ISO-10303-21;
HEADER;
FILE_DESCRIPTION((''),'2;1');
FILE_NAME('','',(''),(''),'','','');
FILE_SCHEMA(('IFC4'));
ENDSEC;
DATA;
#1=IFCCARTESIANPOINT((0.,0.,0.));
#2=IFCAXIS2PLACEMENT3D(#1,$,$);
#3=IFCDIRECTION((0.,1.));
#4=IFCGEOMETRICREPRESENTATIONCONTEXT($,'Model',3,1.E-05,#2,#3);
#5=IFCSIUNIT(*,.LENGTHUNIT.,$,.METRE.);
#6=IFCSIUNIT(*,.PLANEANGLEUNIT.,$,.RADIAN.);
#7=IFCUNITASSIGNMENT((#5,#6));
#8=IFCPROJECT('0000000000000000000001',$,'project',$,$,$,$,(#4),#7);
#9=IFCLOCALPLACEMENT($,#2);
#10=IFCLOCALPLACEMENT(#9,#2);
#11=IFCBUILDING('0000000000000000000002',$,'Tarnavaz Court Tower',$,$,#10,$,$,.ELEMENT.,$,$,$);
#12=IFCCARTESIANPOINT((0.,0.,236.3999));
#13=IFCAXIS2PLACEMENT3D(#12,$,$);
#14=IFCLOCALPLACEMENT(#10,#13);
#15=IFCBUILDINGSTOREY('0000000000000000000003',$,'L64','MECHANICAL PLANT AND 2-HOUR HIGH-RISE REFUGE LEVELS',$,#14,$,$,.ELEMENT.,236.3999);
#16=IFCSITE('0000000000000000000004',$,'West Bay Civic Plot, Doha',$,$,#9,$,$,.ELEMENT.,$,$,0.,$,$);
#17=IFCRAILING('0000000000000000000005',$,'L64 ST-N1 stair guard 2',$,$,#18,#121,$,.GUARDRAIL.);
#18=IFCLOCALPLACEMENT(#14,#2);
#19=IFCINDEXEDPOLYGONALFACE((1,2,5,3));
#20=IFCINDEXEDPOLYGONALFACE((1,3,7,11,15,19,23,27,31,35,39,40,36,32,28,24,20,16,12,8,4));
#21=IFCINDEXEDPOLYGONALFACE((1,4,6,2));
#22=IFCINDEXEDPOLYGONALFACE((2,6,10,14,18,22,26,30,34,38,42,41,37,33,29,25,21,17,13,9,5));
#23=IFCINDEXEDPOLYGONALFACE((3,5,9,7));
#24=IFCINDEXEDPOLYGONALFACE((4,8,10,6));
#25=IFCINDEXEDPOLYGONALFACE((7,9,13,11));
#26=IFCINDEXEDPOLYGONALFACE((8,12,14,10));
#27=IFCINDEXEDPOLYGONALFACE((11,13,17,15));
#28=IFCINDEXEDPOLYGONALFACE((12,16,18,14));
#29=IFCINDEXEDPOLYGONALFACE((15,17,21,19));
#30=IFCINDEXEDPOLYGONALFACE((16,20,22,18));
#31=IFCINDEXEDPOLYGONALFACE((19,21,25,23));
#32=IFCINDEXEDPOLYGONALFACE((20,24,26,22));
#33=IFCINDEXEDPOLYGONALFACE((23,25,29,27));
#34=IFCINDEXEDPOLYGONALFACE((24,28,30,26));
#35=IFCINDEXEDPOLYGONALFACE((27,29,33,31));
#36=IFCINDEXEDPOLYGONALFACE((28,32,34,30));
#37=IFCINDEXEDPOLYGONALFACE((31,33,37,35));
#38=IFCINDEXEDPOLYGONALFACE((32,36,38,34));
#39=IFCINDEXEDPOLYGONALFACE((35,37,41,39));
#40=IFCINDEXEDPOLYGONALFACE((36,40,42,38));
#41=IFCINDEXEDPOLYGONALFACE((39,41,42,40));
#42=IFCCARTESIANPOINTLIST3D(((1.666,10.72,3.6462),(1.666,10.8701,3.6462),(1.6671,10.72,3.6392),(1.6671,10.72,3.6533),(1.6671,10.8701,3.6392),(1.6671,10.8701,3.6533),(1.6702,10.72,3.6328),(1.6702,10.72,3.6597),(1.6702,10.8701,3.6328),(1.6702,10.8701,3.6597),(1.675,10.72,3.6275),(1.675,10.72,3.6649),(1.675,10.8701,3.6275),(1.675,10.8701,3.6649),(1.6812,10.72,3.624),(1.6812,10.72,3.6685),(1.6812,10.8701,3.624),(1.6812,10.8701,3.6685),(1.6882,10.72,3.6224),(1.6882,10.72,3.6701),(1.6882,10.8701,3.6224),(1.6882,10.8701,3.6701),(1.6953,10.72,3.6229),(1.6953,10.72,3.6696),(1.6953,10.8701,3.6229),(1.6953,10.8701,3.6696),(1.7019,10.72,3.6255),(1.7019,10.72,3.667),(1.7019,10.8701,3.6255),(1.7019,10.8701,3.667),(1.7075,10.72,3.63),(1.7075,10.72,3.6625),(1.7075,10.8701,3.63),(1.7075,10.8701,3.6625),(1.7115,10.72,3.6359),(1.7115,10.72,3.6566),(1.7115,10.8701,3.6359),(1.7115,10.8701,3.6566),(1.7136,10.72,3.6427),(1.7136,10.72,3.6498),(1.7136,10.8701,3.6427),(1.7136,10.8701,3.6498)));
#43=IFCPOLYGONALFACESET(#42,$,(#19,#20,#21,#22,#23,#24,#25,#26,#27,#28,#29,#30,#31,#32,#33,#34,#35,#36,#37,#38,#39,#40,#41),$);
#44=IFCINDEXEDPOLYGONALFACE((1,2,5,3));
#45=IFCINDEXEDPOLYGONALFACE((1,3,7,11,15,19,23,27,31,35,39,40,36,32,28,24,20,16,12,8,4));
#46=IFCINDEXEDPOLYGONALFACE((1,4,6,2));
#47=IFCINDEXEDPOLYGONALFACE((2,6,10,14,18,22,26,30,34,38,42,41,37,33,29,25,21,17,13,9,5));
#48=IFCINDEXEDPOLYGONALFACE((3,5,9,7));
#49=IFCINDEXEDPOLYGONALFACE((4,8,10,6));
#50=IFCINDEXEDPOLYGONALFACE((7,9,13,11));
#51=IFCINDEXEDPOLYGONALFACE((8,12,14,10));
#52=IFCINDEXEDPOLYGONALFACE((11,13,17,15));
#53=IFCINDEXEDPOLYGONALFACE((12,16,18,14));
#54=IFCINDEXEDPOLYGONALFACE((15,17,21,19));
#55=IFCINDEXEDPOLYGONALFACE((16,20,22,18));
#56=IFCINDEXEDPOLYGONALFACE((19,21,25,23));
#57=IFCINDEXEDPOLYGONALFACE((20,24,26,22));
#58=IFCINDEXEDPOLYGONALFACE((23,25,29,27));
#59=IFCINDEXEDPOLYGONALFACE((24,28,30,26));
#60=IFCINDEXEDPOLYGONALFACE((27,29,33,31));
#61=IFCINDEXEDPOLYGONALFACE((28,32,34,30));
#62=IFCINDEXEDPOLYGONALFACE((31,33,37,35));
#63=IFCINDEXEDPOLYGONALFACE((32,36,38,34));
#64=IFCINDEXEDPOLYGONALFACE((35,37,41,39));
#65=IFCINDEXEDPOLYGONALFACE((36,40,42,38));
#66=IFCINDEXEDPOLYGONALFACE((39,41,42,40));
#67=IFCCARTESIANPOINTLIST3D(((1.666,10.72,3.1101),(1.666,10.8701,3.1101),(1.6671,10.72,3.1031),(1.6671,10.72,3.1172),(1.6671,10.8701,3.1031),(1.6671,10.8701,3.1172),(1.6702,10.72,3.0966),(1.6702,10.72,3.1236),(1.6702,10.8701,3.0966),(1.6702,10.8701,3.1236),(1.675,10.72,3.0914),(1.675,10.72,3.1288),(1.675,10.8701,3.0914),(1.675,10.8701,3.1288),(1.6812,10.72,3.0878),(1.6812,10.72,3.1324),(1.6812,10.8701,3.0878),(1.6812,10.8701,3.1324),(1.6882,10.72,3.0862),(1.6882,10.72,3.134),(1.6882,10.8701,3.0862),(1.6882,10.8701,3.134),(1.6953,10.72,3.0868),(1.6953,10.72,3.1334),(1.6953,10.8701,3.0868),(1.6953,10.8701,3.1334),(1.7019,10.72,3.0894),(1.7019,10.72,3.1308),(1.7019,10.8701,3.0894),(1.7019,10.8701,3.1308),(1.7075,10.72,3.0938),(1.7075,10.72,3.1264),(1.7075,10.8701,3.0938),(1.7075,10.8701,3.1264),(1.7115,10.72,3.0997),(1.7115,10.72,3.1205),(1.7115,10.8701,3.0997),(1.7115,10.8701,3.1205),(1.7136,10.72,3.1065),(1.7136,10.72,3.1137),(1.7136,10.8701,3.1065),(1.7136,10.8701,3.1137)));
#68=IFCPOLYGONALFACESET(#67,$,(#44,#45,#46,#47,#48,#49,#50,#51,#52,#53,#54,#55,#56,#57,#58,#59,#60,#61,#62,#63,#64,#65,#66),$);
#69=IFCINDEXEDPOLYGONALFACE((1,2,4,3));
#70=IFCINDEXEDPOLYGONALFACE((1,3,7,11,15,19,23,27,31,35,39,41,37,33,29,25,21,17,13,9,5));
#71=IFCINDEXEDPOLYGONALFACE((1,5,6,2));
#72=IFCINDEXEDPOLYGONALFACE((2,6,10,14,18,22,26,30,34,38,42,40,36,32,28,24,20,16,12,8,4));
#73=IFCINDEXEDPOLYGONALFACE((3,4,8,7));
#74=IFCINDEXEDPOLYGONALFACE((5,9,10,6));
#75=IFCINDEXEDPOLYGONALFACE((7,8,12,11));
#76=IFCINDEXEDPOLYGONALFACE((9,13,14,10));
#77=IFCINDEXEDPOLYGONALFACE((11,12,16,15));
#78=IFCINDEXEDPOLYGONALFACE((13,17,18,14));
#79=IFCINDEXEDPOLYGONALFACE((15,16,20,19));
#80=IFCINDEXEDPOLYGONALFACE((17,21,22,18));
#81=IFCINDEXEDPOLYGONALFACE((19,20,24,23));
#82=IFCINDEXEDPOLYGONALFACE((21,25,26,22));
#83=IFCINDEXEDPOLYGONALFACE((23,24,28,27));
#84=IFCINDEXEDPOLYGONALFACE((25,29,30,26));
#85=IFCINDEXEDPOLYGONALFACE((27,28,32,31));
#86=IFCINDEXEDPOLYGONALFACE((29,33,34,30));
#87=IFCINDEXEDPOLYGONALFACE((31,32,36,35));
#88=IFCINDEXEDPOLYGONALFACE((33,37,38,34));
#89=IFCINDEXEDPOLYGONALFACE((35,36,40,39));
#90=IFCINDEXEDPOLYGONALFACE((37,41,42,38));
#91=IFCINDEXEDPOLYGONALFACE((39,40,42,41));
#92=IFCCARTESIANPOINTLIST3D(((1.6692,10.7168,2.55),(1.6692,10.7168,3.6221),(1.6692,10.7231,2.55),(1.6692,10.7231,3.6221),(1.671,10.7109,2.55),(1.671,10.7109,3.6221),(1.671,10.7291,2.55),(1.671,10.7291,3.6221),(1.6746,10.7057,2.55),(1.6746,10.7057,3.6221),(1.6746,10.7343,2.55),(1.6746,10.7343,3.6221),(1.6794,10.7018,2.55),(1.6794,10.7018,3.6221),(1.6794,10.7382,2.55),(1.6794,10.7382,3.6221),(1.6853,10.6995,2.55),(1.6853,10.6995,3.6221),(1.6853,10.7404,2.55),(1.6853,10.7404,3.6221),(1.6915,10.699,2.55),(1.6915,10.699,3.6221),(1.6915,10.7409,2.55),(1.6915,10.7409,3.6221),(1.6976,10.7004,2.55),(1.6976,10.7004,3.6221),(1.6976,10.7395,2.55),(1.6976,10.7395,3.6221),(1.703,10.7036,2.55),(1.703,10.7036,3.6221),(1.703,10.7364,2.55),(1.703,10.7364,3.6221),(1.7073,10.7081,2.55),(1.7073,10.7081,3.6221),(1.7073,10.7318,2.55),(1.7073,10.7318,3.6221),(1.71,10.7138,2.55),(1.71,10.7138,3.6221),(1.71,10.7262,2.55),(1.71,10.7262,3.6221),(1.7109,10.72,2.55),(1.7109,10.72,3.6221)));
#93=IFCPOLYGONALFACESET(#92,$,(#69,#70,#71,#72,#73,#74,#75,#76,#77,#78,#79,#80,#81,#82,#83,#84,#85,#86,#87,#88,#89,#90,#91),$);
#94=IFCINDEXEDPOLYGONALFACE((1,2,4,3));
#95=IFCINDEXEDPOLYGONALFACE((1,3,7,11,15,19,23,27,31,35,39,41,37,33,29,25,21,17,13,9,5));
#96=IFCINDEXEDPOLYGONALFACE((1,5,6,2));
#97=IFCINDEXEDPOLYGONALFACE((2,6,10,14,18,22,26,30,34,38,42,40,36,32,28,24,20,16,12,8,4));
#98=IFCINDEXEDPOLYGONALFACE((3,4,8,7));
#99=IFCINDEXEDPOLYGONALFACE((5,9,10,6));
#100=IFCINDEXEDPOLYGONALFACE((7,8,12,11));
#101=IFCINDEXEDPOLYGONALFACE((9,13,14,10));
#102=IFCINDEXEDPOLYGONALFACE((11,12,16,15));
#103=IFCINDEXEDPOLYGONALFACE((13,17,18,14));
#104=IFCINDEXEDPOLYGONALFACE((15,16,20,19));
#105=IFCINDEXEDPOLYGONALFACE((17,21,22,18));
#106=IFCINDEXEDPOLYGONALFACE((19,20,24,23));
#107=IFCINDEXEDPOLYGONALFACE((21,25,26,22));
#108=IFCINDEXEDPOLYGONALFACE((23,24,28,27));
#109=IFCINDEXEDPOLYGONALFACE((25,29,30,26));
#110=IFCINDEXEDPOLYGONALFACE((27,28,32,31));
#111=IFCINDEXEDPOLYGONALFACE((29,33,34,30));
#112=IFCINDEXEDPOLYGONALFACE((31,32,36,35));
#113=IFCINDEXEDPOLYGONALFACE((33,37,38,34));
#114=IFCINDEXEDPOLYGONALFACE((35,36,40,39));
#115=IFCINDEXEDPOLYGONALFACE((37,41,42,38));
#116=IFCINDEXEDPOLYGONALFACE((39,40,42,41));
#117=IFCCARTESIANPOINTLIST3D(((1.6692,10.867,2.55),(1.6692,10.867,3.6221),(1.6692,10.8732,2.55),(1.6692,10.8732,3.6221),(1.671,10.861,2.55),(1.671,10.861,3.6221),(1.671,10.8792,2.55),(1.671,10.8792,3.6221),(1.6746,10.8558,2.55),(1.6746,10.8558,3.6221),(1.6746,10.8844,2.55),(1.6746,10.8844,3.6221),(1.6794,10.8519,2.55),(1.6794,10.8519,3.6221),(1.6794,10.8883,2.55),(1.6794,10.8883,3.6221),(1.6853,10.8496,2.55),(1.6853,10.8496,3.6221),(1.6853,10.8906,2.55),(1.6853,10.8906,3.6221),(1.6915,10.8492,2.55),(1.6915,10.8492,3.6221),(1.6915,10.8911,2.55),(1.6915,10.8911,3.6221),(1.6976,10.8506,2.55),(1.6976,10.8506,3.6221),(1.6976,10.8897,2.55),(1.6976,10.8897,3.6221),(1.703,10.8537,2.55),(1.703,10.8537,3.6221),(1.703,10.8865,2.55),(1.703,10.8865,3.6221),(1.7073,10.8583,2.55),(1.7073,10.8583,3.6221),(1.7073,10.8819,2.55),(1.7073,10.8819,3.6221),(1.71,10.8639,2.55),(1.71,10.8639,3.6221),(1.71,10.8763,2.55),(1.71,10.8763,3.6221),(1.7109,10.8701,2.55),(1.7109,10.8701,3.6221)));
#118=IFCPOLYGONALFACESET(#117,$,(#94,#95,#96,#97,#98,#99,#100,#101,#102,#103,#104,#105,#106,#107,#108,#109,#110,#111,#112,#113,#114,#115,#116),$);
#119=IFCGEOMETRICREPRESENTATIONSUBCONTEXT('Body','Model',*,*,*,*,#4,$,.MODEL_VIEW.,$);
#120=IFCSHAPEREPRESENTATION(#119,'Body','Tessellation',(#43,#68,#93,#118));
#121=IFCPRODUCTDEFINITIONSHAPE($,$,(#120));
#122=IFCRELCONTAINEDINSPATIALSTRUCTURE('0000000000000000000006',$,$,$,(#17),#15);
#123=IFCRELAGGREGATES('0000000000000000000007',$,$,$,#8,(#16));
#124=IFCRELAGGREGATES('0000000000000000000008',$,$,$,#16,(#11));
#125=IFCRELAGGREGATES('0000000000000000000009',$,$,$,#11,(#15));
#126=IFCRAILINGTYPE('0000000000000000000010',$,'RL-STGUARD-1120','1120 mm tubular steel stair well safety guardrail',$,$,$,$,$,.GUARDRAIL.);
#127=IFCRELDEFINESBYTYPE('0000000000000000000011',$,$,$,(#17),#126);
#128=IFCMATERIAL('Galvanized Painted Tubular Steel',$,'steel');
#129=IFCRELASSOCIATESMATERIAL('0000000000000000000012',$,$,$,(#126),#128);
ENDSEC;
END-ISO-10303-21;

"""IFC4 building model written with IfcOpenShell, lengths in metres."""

from ifc_helpers import new_model, si_unit, direction, frame, origin, origin_2d, place, context, subcontext, project, spatial, circle, extrude, material, type_object, element, save


model = new_model("IFC4")

# Units and contexts
model_context = context("Model", 3, precision=1e-05, world=origin(), true_north=direction((0.0, 1.0)))
body_context = subcontext(model_context, "Body", "Model", "MODEL_VIEW")
ifc_project = project(units=[si_unit("LENGTHUNIT", "METRE"), si_unit("PLANEANGLEUNIT", "RADIAN")], contexts=[model_context])

# Site, building, storey
site_placement = place(None, origin())
site = spatial("IfcSite", under=ifc_project, at=site_placement, Name="West Bay Civic Plot, Doha", CompositionType="ELEMENT", RefElevation=0.0)
building_placement = place(site_placement, origin())
building = spatial("IfcBuilding", under=site, at=building_placement, Name="Tarnavaz Court Tower", CompositionType="ELEMENT")
storey_placement = place(building_placement, frame((0.0, 0.0, 236.3999)))
storey = spatial("IfcBuildingStorey", under=building, at=storey_placement, Name="L64", Description="MECHANICAL PLANT AND 2-HOUR HIGH-RISE REFUGE LEVELS", CompositionType="ELEMENT", Elevation=236.3999)

# Railing
ifc_material_1 = material(Name="Galvanized Painted Tubular Steel", Category="steel")
railing_type_1 = type_object("IfcRailingType", Name="RL-STGUARD-1120", Description="1120 mm tubular steel stair well safety guardrail", PredefinedType="GUARDRAIL", material=ifc_material_1)
railing_1_placement = place(storey_placement, frame((1.6899, 10.72, 2.55)))
element("IfcRailing", 1, at=railing_1_placement, inside=storey, type_object=railing_type_1, Name="L64 ST-N1 stair guard 2", PredefinedType="GUARDRAIL", context=body_context, shape_type="SweptSolid", body=[
    extrude(circle(Radius=0.0239, at=origin_2d()), frame((0.0, 0.0, 1.0962), z_axis=(0.0, 1.0, 0.0), x_axis=(-1.0, 0.0, 0.0)), (0.0, 0.0, 1.0), 0.1501),
    extrude(circle(Radius=0.0239, at=origin_2d()), frame((0.0, 0.0, 0.5601), z_axis=(0.0, 1.0, 0.0), x_axis=(-1.0, 0.0, 0.0)), (0.0, 0.0, 1.0), 0.1501),
    extrude(circle(Radius=0.021, at=origin_2d()), origin(), (0.0, 0.0, 1.0), 1.072),
    extrude(circle(Radius=0.021, at=origin_2d()), frame((0.0, 0.1501, 0.0)), (0.0, 0.0, 1.0), 1.072),
])

save(model, "model.ifc")
